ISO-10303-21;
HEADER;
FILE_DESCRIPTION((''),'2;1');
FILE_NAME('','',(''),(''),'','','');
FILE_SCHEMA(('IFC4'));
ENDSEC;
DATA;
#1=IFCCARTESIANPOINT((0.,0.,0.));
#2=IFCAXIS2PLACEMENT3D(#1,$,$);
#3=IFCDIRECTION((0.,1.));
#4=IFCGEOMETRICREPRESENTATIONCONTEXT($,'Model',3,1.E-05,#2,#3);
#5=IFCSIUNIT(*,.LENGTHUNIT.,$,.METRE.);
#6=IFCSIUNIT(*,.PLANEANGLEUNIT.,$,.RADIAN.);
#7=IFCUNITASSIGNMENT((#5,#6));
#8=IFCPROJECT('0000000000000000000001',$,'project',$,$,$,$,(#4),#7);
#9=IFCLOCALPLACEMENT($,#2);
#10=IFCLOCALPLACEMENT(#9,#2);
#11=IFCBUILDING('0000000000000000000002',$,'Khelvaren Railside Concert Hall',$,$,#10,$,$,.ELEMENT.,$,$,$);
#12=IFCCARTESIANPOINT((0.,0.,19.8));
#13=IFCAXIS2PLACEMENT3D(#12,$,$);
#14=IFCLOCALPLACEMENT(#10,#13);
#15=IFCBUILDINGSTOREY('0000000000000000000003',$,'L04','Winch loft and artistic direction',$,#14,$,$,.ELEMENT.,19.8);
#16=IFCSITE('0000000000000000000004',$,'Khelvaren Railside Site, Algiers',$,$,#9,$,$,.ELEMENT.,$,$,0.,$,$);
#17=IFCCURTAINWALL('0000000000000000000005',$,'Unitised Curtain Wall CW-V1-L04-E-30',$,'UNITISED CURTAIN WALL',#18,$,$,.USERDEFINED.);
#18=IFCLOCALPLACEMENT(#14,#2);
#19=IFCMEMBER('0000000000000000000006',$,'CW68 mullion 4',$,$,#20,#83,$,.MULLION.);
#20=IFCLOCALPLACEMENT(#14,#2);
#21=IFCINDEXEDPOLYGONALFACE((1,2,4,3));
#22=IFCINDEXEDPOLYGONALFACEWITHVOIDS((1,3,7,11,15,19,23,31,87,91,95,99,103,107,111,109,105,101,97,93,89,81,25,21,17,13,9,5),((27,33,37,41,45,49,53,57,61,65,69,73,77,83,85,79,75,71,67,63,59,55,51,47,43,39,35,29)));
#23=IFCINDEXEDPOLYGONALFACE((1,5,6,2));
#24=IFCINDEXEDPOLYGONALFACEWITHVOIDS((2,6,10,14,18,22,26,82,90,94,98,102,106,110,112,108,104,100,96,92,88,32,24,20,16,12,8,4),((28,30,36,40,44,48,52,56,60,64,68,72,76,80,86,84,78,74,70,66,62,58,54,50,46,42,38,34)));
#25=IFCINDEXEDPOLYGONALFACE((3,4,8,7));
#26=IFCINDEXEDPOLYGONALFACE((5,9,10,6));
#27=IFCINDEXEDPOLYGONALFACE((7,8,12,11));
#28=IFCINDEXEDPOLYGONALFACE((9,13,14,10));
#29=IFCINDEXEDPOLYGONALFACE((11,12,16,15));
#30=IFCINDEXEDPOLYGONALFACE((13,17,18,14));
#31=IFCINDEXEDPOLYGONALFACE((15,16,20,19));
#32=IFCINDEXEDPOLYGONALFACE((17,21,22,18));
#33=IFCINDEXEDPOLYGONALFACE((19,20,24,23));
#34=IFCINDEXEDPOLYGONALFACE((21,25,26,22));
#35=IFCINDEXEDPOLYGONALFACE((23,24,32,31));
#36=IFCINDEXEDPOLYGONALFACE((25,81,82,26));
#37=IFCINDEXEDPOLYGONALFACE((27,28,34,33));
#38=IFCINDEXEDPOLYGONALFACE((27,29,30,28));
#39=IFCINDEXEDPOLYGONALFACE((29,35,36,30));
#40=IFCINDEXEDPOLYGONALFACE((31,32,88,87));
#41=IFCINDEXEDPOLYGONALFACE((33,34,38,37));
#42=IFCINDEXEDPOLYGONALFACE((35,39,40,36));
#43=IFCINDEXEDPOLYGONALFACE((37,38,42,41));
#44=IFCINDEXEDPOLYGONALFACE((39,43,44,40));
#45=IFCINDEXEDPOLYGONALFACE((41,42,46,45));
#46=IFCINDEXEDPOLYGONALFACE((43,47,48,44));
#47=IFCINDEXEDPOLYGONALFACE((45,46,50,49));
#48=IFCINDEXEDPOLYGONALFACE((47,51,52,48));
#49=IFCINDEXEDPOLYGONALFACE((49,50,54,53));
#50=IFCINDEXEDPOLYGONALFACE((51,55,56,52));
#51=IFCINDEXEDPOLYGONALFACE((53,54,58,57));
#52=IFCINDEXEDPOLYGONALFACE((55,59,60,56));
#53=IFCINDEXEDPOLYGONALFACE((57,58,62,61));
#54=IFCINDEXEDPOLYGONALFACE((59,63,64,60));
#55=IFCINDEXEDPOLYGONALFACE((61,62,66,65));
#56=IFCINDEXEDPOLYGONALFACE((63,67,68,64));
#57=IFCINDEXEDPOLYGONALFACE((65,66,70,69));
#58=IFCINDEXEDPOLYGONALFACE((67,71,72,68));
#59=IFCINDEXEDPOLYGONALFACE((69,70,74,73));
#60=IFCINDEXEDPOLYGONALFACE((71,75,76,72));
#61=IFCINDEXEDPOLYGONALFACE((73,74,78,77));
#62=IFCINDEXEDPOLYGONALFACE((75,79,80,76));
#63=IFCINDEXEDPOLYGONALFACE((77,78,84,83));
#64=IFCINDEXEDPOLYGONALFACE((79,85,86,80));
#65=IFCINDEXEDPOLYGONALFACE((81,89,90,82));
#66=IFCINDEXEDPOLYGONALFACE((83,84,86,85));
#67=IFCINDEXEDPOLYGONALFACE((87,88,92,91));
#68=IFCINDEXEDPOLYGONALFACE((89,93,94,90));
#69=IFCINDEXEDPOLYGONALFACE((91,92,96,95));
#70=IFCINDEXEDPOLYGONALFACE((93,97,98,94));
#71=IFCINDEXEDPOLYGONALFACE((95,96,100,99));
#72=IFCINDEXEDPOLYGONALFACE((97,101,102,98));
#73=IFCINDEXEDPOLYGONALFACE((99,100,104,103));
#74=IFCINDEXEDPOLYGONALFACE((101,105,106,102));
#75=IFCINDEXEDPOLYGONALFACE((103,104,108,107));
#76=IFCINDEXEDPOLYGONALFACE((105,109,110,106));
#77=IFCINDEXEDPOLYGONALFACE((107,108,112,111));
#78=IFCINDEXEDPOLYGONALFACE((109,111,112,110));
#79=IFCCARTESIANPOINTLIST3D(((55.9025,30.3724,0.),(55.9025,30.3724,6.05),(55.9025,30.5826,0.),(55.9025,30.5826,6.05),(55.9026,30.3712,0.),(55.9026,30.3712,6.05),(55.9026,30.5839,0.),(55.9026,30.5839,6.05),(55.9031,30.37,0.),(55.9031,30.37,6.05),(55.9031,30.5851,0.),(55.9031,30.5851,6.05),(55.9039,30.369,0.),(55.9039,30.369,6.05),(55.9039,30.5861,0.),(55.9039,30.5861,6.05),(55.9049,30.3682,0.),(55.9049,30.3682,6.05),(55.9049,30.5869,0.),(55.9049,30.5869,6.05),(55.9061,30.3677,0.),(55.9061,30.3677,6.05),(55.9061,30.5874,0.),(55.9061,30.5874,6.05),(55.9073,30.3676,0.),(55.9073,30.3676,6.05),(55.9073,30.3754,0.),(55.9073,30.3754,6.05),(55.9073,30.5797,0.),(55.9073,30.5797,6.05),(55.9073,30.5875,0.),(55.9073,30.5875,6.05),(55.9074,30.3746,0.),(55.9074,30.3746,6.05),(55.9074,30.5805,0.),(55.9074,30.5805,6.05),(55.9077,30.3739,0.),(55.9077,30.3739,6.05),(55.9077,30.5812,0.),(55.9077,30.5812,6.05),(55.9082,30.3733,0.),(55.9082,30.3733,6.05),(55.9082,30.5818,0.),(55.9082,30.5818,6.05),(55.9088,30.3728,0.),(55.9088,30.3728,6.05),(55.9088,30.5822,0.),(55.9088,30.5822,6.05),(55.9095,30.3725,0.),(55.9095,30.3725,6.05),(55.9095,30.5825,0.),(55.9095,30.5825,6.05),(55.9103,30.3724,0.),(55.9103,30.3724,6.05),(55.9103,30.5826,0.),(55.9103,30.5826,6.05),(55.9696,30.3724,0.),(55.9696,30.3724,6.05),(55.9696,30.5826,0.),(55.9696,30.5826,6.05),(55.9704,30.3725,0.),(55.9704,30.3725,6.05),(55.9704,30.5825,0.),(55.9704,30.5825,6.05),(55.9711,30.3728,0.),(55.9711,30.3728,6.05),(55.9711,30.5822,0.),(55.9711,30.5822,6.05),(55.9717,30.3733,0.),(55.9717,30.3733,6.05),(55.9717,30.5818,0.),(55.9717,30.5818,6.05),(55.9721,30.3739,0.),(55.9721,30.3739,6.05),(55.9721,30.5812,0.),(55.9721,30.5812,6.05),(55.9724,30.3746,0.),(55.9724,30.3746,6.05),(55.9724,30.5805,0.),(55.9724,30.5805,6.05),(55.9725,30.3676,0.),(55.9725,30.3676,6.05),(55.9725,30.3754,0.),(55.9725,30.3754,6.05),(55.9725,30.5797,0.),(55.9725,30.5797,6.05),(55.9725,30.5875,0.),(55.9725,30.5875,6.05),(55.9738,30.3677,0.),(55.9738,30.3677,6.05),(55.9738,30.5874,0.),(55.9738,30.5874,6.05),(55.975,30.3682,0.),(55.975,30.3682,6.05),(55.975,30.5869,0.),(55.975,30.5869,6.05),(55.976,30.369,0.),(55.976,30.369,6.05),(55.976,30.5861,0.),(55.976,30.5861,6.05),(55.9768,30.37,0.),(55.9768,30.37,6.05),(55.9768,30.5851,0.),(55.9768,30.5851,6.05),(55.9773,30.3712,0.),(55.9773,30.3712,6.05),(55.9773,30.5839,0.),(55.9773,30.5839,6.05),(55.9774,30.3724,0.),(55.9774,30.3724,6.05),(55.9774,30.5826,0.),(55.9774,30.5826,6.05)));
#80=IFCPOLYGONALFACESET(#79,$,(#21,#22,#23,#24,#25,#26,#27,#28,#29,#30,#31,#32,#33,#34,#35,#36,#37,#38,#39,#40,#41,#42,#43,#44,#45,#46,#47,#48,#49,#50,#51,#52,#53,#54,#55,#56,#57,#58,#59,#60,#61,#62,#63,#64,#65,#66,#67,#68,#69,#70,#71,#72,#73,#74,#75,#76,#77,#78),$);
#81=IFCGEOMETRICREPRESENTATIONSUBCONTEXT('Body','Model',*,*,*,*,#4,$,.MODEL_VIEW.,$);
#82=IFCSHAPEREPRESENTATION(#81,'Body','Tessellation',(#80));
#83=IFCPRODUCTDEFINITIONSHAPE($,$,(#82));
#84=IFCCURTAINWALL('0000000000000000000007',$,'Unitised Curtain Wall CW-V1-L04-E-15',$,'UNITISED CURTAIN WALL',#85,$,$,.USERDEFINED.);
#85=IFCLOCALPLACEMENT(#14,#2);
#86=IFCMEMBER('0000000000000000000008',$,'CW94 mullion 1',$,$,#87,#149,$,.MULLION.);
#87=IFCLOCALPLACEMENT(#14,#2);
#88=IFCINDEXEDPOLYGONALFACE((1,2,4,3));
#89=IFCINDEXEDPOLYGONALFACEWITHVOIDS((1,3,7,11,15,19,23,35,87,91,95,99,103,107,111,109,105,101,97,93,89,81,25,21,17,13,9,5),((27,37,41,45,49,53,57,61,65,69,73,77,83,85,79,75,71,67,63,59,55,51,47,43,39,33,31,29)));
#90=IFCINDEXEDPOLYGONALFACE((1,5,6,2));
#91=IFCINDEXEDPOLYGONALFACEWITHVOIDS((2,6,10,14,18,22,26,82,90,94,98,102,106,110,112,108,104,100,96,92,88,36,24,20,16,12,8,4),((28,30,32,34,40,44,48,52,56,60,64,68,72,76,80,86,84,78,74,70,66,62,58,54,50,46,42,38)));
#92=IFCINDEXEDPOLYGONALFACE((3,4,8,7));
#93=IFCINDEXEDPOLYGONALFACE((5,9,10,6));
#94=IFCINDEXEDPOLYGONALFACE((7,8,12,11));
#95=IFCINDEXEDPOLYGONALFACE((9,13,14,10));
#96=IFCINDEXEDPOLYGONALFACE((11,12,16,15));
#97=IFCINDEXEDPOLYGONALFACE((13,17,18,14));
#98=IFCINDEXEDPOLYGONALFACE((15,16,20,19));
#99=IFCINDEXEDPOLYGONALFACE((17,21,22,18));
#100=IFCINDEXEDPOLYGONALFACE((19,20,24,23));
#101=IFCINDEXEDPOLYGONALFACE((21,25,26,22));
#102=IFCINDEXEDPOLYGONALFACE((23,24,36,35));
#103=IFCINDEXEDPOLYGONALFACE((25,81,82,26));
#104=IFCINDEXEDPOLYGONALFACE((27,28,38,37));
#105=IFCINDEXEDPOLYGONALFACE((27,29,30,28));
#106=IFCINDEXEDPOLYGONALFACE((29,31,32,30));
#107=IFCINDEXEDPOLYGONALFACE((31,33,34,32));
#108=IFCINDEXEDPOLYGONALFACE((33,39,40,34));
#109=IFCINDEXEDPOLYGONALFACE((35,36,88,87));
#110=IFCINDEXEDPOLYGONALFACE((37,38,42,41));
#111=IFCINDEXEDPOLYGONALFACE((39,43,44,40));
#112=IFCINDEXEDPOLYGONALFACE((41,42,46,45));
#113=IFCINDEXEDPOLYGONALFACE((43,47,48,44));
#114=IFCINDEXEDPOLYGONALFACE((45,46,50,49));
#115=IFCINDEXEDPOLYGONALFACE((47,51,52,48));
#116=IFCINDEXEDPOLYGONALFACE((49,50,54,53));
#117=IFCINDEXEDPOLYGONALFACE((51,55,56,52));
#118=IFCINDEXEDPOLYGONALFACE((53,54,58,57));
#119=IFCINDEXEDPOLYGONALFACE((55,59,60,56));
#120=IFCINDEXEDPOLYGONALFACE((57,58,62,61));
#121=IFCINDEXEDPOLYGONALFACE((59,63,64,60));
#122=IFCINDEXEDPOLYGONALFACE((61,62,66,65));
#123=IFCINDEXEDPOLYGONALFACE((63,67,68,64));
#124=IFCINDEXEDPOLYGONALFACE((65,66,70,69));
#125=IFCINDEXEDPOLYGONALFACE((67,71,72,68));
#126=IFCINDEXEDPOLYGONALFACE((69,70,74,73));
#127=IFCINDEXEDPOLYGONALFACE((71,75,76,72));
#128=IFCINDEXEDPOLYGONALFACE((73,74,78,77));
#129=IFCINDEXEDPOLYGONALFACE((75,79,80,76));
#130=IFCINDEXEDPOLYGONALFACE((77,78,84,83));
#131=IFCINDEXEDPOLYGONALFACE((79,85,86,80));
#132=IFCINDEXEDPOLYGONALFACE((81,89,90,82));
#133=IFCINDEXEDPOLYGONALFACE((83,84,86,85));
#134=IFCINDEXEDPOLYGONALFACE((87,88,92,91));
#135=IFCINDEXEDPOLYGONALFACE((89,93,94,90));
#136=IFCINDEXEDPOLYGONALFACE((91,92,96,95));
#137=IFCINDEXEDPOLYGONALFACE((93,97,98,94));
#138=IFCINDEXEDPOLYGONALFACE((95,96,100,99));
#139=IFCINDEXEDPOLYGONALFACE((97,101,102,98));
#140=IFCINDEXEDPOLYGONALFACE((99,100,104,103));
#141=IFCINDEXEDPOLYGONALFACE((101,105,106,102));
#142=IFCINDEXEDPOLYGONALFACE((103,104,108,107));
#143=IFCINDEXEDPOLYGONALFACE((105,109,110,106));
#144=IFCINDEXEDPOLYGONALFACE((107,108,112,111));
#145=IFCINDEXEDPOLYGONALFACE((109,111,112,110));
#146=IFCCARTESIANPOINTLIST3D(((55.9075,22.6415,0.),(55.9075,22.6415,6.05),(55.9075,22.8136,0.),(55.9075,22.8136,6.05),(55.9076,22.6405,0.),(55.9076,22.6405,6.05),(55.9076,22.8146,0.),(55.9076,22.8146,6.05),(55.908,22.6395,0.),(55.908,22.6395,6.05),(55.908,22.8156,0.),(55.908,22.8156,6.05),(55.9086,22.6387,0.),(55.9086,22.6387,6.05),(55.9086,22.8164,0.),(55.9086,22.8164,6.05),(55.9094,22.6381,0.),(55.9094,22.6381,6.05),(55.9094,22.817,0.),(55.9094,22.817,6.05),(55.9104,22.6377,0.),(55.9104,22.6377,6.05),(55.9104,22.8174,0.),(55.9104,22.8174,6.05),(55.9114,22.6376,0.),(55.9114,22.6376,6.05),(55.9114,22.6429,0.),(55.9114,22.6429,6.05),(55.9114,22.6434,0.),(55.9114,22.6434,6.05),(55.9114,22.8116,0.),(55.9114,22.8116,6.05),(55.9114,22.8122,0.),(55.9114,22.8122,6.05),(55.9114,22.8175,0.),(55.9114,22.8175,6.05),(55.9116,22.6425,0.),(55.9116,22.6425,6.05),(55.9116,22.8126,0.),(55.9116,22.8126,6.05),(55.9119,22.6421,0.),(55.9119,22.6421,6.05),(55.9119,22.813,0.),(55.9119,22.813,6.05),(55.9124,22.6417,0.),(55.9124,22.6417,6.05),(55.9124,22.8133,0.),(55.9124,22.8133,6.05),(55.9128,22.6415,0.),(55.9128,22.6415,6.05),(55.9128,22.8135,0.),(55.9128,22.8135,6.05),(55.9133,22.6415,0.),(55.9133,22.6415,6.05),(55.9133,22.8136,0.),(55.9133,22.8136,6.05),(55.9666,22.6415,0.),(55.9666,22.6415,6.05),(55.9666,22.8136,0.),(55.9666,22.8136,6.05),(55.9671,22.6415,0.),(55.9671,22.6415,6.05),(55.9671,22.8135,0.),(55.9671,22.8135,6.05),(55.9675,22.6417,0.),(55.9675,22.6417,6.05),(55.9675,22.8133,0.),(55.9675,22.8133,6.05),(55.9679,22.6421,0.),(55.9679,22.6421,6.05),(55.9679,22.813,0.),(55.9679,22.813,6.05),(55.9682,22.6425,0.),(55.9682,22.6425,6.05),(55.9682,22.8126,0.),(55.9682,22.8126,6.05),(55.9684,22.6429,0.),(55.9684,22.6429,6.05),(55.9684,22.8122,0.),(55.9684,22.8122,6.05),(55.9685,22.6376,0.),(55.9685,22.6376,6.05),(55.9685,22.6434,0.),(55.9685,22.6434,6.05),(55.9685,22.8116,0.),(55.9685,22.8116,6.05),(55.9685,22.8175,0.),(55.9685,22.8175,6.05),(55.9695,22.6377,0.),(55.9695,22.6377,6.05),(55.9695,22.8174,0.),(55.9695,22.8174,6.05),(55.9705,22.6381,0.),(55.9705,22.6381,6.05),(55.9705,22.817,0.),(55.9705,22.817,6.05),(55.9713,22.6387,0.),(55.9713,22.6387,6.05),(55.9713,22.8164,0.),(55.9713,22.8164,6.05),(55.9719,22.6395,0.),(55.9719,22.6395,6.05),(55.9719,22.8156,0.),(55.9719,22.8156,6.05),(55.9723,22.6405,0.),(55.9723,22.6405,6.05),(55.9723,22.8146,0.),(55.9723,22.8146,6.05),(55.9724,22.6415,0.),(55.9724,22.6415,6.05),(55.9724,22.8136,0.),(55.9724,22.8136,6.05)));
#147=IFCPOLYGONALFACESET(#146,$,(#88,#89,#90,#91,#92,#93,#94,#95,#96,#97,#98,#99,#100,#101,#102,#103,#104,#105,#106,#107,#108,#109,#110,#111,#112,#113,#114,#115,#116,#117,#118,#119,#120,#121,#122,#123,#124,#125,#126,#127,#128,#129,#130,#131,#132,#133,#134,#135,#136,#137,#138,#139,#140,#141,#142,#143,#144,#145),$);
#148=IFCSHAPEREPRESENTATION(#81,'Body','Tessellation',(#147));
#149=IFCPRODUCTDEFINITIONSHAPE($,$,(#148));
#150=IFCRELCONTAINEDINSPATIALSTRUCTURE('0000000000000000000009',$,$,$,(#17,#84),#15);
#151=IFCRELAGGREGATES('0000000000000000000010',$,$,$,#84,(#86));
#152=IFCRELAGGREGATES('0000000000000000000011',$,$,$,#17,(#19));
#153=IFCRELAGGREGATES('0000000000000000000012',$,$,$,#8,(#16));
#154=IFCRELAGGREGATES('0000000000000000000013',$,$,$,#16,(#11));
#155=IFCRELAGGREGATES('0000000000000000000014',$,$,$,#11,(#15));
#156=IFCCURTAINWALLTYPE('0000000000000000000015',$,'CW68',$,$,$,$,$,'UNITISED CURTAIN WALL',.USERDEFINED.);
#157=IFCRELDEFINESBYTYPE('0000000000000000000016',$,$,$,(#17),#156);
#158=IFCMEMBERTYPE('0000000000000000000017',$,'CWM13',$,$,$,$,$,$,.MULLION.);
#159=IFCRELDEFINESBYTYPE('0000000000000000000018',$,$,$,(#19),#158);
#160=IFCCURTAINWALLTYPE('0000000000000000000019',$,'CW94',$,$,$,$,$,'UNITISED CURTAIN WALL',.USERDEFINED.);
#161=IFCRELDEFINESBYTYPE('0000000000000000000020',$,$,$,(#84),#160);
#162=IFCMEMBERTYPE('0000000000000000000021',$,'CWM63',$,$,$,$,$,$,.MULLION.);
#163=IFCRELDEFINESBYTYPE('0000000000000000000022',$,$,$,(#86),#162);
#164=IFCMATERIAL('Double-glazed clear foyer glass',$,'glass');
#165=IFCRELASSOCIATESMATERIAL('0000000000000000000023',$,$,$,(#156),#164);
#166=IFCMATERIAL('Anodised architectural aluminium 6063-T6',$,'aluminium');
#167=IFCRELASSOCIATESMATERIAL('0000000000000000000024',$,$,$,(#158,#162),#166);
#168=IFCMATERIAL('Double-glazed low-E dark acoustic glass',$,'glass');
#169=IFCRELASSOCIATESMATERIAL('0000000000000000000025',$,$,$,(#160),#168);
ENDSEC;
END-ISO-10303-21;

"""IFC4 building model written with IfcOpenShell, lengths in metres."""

from ifc_helpers import new_model, si_unit, direction, frame, origin, origin_2d, place, context, subcontext, project, spatial, hollow_rectangle, extrude, material, material_profile, profile_set, type_object, element, aggregate, save


model = new_model("IFC4")

# Units and contexts
model_context = context("Model", 3, precision=1e-05, world=origin(), true_north=direction((0.0, 1.0)))
body_context = subcontext(model_context, "Body", "Model", "MODEL_VIEW")
ifc_project = project(units=[si_unit("LENGTHUNIT", "METRE"), si_unit("PLANEANGLEUNIT", "RADIAN")], contexts=[model_context])

# Site, building, storey
site_placement = place(None, origin())
site = spatial("IfcSite", under=ifc_project, at=site_placement, Name="Khelvaren Railside Site, Algiers", CompositionType="ELEMENT", RefElevation=0.0)
building_placement = place(site_placement, origin())
building = spatial("IfcBuilding", under=site, at=building_placement, Name="Khelvaren Railside Concert Hall", CompositionType="ELEMENT")
storey_placement = place(building_placement, frame((0.0, 0.0, 19.8)))
storey = spatial("IfcBuildingStorey", under=building, at=storey_placement, Name="L04", Description="Winch loft and artistic direction", CompositionType="ELEMENT", Elevation=19.8)

# Curtain walls, members
ifc_material_1 = material(Name="Double-glazed clear foyer glass", Category="glass")
curtain_wall_type_1 = type_object("IfcCurtainWallType", Name="CW68", ElementType="UNITISED CURTAIN WALL", PredefinedType="USERDEFINED", material=ifc_material_1)
curtain_wall_1_placement = place(storey_placement, origin())
curtain_wall_1 = element("IfcCurtainWall", 1, at=curtain_wall_1_placement, inside=storey, type_object=curtain_wall_type_1, Name="Unitised Curtain Wall CW-V1-L04-E-30", ObjectType="UNITISED CURTAIN WALL", PredefinedType="USERDEFINED")
ifc_material_2 = material(Name="Anodised architectural aluminium 6063-T6", Category="aluminium")
ifc_material_profile_1 = material_profile(ifc_material_2, hollow_rectangle(XDim=0.075, YDim=0.22, WallThickness=0.0049, InnerFilletRadius=0.0029, OuterFilletRadius=0.0049, at=origin_2d()), Name="CWM 75x220x5")
ifc_profile_set_1 = profile_set([ifc_material_profile_1], Name="Anodised architectural aluminium 6063-T6")
member_type_1 = type_object("IfcMemberType", Name="CWM13", PredefinedType="MULLION", material=ifc_profile_set_1)
member_1_placement = place(storey_placement, frame((55.9399, 30.4775, 0.0), z_axis=(0.0, 0.0, 1.0), x_axis=(1.0, 0.0, 0.0)))
member_1 = element("IfcMember", 2, at=member_1_placement, type_object=member_type_1, Name="CW68 mullion 4", PredefinedType="MULLION", context=body_context, shape_type="SweptSolid", body=[
    extrude(hollow_rectangle(XDim=0.075, YDim=0.22, WallThickness=0.0049, InnerFilletRadius=0.0029, OuterFilletRadius=0.0049, at=origin_2d()), origin(), (0.0, 0.0, 1.0), 6.05),
])
ifc_material_3 = material(Name="Double-glazed low-E dark acoustic glass", Category="glass")
curtain_wall_type_2 = type_object("IfcCurtainWallType", Name="CW94", ElementType="UNITISED CURTAIN WALL", PredefinedType="USERDEFINED", material=ifc_material_3)
curtain_wall_2_placement = place(storey_placement, origin())
curtain_wall_2 = element("IfcCurtainWall", 3, at=curtain_wall_2_placement, inside=storey, type_object=curtain_wall_type_2, Name="Unitised Curtain Wall CW-V1-L04-E-15", ObjectType="UNITISED CURTAIN WALL", PredefinedType="USERDEFINED")
ifc_material_profile_2 = material_profile(ifc_material_2, hollow_rectangle(XDim=0.0649, YDim=0.1799, WallThickness=0.0039, InnerFilletRadius=0.002, OuterFilletRadius=0.0039, at=origin_2d()), Name="CWM 65x180x4")
ifc_profile_set_2 = profile_set([ifc_material_profile_2], Name="Anodised architectural aluminium 6063-T6")
member_type_2 = type_object("IfcMemberType", Name="CWM63", PredefinedType="MULLION", material=ifc_profile_set_2)
member_2_placement = place(storey_placement, frame((55.9399, 22.7275, 0.0), z_axis=(0.0, 0.0, 1.0), x_axis=(1.0, 0.0, 0.0)))
member_2 = element("IfcMember", 4, at=member_2_placement, type_object=member_type_2, Name="CW94 mullion 1", PredefinedType="MULLION", context=body_context, shape_type="SweptSolid", body=[
    extrude(hollow_rectangle(XDim=0.0649, YDim=0.1799, WallThickness=0.0039, InnerFilletRadius=0.002, OuterFilletRadius=0.0039, at=origin_2d()), origin(), (0.0, 0.0, 1.0), 6.05),
])

aggregate(curtain_wall_2, [member_2])

aggregate(curtain_wall_1, [member_1])

save(model, "model.ifc")
